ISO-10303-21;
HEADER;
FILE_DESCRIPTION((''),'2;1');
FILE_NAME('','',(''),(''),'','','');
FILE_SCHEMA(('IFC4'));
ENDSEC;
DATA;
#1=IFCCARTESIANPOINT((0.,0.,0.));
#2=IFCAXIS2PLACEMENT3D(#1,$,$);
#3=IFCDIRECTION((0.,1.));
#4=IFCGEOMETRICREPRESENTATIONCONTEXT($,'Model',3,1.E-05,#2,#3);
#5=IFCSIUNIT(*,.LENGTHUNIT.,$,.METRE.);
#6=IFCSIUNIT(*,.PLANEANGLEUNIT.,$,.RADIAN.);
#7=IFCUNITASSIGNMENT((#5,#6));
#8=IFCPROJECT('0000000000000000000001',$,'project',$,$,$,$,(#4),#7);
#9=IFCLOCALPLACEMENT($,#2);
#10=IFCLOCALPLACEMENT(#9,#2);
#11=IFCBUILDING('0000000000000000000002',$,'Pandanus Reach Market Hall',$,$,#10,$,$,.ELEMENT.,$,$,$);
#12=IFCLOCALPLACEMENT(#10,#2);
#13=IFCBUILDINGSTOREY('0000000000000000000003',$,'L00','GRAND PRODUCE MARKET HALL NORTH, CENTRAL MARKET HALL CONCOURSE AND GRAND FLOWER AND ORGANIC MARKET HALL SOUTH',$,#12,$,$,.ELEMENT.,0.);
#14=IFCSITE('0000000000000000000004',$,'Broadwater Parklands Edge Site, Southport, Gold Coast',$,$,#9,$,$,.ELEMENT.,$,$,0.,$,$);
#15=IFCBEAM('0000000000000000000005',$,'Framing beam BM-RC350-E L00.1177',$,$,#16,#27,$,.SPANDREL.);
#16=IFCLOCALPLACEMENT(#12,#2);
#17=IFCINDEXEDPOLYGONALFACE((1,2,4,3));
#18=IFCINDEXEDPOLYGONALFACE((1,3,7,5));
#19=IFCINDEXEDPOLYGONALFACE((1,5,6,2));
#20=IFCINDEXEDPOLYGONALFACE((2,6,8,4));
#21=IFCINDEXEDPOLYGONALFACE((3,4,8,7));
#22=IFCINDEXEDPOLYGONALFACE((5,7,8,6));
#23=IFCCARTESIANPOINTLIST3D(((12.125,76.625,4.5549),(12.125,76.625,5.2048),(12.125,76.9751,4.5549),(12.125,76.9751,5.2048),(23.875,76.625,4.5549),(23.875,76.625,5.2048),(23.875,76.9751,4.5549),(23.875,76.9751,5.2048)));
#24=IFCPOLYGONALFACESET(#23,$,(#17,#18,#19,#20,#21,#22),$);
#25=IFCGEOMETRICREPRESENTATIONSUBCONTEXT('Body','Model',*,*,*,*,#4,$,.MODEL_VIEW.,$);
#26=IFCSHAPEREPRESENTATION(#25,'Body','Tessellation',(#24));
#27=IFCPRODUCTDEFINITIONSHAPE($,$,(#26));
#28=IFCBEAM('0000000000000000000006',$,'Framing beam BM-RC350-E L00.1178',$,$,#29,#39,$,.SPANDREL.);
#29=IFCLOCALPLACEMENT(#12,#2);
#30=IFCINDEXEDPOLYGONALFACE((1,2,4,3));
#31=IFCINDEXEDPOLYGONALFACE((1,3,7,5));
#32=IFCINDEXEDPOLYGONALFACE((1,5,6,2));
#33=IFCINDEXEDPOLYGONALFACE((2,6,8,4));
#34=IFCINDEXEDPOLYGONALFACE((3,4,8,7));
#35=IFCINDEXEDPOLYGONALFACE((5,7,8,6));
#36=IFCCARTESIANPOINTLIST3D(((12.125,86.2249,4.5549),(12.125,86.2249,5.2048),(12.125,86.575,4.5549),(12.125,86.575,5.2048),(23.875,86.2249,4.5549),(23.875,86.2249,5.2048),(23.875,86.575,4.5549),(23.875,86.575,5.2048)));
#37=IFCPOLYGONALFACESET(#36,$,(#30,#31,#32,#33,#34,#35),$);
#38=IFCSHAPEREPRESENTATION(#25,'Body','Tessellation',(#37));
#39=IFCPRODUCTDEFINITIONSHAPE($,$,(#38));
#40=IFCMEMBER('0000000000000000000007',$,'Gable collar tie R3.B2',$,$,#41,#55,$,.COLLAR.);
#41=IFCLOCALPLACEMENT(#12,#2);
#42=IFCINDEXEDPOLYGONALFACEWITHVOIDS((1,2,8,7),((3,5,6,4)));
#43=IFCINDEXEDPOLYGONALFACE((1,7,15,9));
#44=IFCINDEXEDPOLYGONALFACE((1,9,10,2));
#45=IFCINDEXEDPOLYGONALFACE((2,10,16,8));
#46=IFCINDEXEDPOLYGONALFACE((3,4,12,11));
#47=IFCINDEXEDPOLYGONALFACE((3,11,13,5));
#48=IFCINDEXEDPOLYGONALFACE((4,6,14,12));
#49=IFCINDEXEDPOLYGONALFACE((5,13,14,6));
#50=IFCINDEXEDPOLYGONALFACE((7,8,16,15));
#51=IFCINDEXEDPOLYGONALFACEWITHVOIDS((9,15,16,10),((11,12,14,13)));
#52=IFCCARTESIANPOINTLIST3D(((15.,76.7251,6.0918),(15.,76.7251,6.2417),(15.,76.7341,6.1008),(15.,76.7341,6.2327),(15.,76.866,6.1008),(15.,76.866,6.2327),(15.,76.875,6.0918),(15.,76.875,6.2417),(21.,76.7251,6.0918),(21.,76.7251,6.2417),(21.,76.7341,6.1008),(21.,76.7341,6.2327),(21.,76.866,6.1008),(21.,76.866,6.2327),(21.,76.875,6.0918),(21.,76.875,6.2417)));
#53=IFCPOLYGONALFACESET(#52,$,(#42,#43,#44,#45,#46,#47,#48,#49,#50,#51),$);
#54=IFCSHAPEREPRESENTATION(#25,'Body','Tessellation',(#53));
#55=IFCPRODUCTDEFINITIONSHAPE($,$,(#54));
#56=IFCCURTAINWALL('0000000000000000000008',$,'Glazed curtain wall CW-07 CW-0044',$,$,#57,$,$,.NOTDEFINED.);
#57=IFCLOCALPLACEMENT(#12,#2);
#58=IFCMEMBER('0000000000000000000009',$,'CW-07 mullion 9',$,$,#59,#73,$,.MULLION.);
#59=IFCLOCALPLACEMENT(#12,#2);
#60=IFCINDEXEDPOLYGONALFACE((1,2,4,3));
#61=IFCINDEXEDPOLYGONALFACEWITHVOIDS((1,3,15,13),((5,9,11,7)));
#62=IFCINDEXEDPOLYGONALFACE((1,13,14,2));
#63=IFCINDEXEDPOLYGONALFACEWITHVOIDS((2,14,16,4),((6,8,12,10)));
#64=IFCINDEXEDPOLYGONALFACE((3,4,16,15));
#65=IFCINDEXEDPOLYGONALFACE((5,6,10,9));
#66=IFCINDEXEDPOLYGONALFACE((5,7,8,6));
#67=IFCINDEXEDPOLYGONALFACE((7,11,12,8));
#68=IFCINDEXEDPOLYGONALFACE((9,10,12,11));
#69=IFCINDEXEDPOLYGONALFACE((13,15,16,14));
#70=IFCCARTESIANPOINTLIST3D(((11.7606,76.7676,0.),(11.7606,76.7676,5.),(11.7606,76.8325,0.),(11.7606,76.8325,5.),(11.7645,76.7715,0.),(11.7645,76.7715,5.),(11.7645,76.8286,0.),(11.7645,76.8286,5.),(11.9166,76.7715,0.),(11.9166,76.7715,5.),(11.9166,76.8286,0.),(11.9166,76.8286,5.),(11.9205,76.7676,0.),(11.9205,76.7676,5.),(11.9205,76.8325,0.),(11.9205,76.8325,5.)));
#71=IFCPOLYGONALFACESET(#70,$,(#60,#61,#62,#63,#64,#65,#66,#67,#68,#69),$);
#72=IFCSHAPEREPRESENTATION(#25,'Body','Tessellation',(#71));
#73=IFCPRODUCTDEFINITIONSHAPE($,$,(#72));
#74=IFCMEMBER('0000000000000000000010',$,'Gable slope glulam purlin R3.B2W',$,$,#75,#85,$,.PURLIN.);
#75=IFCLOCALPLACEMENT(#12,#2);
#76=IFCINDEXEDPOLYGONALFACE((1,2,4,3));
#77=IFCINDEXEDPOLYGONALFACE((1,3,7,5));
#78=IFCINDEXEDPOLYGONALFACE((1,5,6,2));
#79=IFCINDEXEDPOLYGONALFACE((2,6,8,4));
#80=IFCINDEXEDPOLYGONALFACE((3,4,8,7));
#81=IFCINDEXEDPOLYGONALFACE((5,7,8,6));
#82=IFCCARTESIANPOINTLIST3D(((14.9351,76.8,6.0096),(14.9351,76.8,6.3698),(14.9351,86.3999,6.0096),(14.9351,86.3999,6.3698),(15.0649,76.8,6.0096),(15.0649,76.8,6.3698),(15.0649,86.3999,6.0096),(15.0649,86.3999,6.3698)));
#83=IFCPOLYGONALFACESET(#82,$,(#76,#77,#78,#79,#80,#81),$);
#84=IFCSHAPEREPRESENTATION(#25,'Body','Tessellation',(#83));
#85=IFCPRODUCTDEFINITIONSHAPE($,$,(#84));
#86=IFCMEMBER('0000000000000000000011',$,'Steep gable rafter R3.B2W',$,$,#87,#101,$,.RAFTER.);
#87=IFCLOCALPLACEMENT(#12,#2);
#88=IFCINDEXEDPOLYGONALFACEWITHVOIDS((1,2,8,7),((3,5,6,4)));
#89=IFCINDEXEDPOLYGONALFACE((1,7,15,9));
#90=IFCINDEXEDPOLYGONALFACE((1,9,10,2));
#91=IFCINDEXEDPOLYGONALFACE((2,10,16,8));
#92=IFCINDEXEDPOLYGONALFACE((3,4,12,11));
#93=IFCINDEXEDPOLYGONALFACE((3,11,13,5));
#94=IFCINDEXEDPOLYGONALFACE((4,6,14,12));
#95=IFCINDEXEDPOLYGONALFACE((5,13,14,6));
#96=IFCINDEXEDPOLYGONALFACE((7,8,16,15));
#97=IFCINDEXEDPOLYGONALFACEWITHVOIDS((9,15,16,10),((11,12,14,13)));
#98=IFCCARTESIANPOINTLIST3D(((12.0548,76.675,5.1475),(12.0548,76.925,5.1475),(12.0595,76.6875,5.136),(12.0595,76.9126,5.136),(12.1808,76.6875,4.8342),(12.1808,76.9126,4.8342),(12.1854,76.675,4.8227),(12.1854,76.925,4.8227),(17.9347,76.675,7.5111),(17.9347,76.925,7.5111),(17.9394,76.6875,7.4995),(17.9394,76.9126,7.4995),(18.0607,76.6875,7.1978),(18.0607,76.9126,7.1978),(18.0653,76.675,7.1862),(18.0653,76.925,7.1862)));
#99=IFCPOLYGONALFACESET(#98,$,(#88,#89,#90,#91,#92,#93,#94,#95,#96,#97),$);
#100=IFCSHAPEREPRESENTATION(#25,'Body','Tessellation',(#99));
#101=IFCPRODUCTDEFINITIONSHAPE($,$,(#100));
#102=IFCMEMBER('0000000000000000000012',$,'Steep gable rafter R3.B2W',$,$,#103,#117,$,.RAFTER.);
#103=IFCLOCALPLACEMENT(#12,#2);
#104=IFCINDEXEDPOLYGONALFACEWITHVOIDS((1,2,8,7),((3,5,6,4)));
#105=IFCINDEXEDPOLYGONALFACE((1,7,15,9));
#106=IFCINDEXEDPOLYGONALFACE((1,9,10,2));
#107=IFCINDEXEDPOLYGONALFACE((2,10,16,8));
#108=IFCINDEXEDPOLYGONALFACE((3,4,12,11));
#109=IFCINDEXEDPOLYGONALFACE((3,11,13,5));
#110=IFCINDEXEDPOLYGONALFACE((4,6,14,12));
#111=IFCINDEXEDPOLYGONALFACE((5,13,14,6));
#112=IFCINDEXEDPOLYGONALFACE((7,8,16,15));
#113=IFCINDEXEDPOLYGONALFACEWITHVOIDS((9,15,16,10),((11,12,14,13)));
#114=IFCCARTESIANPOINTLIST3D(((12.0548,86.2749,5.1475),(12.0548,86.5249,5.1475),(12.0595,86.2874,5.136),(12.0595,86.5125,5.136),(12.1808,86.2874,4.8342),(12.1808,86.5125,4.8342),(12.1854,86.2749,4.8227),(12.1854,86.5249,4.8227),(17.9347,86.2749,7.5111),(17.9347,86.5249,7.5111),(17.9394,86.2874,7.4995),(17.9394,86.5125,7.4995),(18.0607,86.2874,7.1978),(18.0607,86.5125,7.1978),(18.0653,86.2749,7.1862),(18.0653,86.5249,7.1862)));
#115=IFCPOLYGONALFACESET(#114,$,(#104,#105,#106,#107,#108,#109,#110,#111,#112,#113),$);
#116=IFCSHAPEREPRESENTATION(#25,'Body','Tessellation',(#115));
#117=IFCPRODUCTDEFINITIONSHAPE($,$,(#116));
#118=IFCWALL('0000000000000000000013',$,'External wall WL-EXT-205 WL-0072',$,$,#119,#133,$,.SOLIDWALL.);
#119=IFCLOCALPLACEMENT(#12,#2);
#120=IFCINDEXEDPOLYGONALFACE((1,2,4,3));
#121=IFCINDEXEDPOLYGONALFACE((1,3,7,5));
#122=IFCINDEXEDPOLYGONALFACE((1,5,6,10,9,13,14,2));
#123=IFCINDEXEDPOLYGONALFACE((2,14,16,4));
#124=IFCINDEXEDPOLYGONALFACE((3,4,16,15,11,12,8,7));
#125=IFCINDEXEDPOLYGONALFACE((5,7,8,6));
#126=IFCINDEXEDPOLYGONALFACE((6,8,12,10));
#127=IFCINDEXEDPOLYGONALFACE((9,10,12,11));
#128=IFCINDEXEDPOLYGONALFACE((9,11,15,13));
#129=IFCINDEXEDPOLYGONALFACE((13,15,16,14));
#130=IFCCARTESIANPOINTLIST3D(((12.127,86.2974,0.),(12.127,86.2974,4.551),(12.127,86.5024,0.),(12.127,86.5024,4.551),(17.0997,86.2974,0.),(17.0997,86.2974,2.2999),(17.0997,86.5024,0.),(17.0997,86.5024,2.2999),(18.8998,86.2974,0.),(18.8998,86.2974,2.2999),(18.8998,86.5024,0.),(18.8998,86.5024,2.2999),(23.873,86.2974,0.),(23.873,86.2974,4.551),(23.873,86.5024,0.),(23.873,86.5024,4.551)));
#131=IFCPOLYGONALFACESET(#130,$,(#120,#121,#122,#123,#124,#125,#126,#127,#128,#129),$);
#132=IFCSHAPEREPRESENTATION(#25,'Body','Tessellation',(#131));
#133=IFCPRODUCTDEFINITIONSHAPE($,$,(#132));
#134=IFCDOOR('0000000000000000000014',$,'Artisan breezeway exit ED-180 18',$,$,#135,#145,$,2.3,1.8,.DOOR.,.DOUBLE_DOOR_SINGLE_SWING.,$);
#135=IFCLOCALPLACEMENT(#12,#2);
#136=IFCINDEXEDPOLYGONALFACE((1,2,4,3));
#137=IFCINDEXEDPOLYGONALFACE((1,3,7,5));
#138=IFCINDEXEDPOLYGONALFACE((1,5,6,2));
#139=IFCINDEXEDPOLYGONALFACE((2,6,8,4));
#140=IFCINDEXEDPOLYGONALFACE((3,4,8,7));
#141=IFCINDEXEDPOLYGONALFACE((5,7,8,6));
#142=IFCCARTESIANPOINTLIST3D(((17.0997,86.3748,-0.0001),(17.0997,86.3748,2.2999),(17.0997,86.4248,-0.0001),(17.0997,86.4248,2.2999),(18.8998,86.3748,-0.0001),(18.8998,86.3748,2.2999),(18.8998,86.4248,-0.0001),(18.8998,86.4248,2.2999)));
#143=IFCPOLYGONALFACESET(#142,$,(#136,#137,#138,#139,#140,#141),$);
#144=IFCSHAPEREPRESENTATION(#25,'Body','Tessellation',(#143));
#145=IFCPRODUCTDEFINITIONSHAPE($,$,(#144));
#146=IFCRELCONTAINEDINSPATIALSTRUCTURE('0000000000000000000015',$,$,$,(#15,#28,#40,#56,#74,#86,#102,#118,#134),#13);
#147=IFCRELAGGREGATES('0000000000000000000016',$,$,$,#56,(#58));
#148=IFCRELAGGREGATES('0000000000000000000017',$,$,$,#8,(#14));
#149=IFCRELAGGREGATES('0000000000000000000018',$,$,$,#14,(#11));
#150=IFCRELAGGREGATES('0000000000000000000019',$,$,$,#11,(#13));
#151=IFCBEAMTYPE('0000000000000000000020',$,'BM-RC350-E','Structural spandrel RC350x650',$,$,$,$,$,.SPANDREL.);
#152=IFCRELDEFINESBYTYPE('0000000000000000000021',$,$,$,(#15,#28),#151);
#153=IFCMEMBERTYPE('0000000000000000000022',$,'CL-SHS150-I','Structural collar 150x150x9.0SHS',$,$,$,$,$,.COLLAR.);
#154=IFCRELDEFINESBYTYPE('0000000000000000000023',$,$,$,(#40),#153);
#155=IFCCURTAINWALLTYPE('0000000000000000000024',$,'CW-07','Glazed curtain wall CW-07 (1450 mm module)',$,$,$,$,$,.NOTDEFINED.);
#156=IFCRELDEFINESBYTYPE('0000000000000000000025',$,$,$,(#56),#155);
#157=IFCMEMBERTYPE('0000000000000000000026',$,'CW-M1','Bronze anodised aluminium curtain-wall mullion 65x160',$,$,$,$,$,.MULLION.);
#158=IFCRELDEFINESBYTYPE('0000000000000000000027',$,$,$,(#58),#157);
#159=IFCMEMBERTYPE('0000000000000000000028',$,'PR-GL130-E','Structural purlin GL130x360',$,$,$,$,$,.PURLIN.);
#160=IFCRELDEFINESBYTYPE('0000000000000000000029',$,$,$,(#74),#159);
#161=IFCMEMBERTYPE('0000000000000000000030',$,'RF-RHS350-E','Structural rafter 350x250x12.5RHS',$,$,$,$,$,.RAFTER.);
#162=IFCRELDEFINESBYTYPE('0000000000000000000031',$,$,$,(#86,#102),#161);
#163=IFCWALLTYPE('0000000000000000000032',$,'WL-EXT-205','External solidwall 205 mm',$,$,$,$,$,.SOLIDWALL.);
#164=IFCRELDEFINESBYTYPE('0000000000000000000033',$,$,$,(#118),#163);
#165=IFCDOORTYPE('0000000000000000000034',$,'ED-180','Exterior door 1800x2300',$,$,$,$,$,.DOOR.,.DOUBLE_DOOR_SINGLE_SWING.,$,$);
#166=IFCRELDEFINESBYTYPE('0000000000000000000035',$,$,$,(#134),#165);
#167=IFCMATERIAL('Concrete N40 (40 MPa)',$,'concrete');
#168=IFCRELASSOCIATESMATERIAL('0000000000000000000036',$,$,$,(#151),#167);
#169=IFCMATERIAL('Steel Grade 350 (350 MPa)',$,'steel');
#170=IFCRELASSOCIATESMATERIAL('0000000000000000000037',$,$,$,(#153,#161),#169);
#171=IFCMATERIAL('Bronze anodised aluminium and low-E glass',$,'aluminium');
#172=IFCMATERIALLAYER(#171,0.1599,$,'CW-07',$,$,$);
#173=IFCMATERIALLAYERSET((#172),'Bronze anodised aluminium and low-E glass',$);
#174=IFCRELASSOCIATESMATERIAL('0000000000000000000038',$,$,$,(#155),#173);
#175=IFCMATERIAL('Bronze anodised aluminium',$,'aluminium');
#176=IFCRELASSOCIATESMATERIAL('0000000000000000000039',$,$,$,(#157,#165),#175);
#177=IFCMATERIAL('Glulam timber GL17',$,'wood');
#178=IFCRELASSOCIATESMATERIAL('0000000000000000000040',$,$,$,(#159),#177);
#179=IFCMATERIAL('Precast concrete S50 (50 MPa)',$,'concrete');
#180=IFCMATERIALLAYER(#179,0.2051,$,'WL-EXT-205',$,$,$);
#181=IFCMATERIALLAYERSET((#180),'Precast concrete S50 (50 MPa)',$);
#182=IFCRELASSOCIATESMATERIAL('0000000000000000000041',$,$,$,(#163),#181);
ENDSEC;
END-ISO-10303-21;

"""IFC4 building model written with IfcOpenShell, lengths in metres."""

from ifc_helpers import new_model, si_unit, direction, frame, frame_2d, origin, origin_2d, place, context, subcontext, project, spatial, rectangle, hollow_rectangle, extrude, material, layer, layer_set, material_profile, profile_set, type_object, element, fill, aggregate, save


model = new_model("IFC4")

# Units and contexts
model_context = context("Model", 3, precision=1e-05, world=origin(), true_north=direction((0.0, 1.0)))
body_context = subcontext(model_context, "Body", "Model", "MODEL_VIEW")
ifc_project = project(units=[si_unit("LENGTHUNIT", "METRE"), si_unit("PLANEANGLEUNIT", "RADIAN")], contexts=[model_context])

# Site, building, storey
site_placement = place(None, origin())
site = spatial("IfcSite", under=ifc_project, at=site_placement, Name="Broadwater Parklands Edge Site, Southport, Gold Coast", CompositionType="ELEMENT", RefElevation=0.0)
building_placement = place(site_placement, origin())
building = spatial("IfcBuilding", under=site, at=building_placement, Name="Pandanus Reach Market Hall", CompositionType="ELEMENT")
storey_placement = place(building_placement, origin())
storey = spatial("IfcBuildingStorey", under=building, at=storey_placement, Name="L00", Description="GRAND PRODUCE MARKET HALL NORTH, CENTRAL MARKET HALL CONCOURSE AND GRAND FLOWER AND ORGANIC MARKET HALL SOUTH", CompositionType="ELEMENT", Elevation=0.0)

# Shared definitions
ifc_material_1 = material(Name="Concrete N40 (40 MPa)", Category="concrete")

# Shared definitions
ifc_material_2 = material(Name="Steel Grade 350 (350 MPa)", Category="steel")

# Beams
ifc_material_profile_1 = material_profile(ifc_material_1, rectangle(XDim=0.3501, YDim=0.6499, at=origin_2d()), Name="RC350x650", Category="LoadBearing")
ifc_profile_set_1 = profile_set([ifc_material_profile_1], Name="Concrete N40 (40 MPa)")
beam_type = type_object("IfcBeamType", Name="BM-RC350-E", Description="Structural spandrel RC350x650", PredefinedType="SPANDREL", material=ifc_profile_set_1)
for number, where, z_axis, x_axis, name in (
    (1, (12.125, 76.8, 4.8799), (1.0, 0.0, 0.0), (0.0, 1.0, 0.0), "Framing beam BM-RC350-E L00.1177"),
    (2, (12.125, 86.3999, 4.8799), (1.0, 0.0, 0.0), (0.0, 1.0, 0.0), "Framing beam BM-RC350-E L00.1178"),
):
    element("IfcBeam", number, at=place(storey_placement, frame(where, z_axis=z_axis, x_axis=x_axis)), inside=storey, type_object=beam_type, Name=name, PredefinedType="SPANDREL", context=body_context, shape_type="SweptSolid", body=[
        extrude(rectangle(XDim=0.3501, YDim=0.6499, at=origin_2d()), origin(), (0.0, 0.0, 1.0), 11.75),
    ])

# Member
ifc_material_profile_2 = material_profile(ifc_material_2, hollow_rectangle(XDim=0.1499, YDim=0.1499, WallThickness=0.009, at=origin_2d()), Name="150x150x9.0SHS", Category="LoadBearing")
ifc_profile_set_2 = profile_set([ifc_material_profile_2], Name="Steel Grade 350 (350 MPa)")
member_type_1 = type_object("IfcMemberType", Name="CL-SHS150-I", Description="Structural collar 150x150x9.0SHS", PredefinedType="COLLAR", material=ifc_profile_set_2)
member_1_placement = place(storey_placement, frame((15.0, 76.8, 6.1667), z_axis=(1.0, 0.0, 0.0), x_axis=(0.0, 1.0, 0.0)))
element("IfcMember", 3, at=member_1_placement, inside=storey, type_object=member_type_1, Name="Gable collar tie R3.B2", PredefinedType="COLLAR", context=body_context, shape_type="SweptSolid", body=[
    extrude(hollow_rectangle(XDim=0.1499, YDim=0.1499, WallThickness=0.009, at=origin_2d()), origin(), (0.0, 0.0, 1.0), 6.0),
])

# Curtain wall, member
ifc_material_3 = material(Name="Bronze anodised aluminium and low-E glass", Category="aluminium")
ifc_layer_1 = layer(ifc_material_3, 0.1599, Name="CW-07")
ifc_layer_set_1 = layer_set([ifc_layer_1], Name="Bronze anodised aluminium and low-E glass")
curtain_wall_type = type_object("IfcCurtainWallType", Name="CW-07", Description="Glazed curtain wall CW-07 (1450 mm module)", PredefinedType="NOTDEFINED", material=ifc_layer_set_1)
curtain_wall_placement = place(storey_placement, origin())
curtain_wall = element("IfcCurtainWall", 4, at=curtain_wall_placement, inside=storey, type_object=curtain_wall_type, Name="Glazed curtain wall CW-07 CW-0044", PredefinedType="NOTDEFINED")
ifc_material_4 = material(Name="Bronze anodised aluminium", Category="aluminium")
ifc_material_profile_3 = material_profile(ifc_material_4, hollow_rectangle(XDim=0.0649, YDim=0.1599, WallThickness=0.0039, at=origin_2d()), Name="ALU65x160", Category="LoadBearing")
ifc_profile_set_3 = profile_set([ifc_material_profile_3], Name="Bronze anodised aluminium")
member_type_2 = type_object("IfcMemberType", Name="CW-M1", Description="Bronze anodised aluminium curtain-wall mullion 65x160", PredefinedType="MULLION", material=ifc_profile_set_3)
member_2_placement = place(storey_placement, frame((11.8406, 76.8, 0.0), z_axis=(0.0, 0.0, 1.0), x_axis=(0.0, 1.0, 0.0)))
member_2 = element("IfcMember", 5, at=member_2_placement, type_object=member_type_2, Name="CW-07 mullion 9", PredefinedType="MULLION", context=body_context, shape_type="SweptSolid", body=[
    extrude(hollow_rectangle(XDim=0.0649, YDim=0.1599, WallThickness=0.0039, at=origin_2d()), origin(), (0.0, 0.0, 1.0), 5.0),
])
aggregate(curtain_wall, [member_2])

# Members
ifc_material_5 = material(Name="Glulam timber GL17", Category="wood")
ifc_material_profile_4 = material_profile(ifc_material_5, rectangle(XDim=0.1299, YDim=0.3601, at=origin_2d()), Name="GL130x360", Category="LoadBearing")
ifc_profile_set_4 = profile_set([ifc_material_profile_4], Name="Glulam timber GL17")
member_type_3 = type_object("IfcMemberType", Name="PR-GL130-E", Description="Structural purlin GL130x360", PredefinedType="PURLIN", material=ifc_profile_set_4)
member_3_placement = place(storey_placement, frame((15.0, 76.8, 6.1897), z_axis=(0.0, 1.0, 0.0), x_axis=(-1.0, 0.0, 0.0)))
element("IfcMember", 6, at=member_3_placement, inside=storey, type_object=member_type_3, Name="Gable slope glulam purlin R3.B2W", PredefinedType="PURLIN", context=body_context, shape_type="SweptSolid", body=[
    extrude(rectangle(XDim=0.1299, YDim=0.3601, at=origin_2d()), origin(), (0.0, 0.0, 1.0), 9.5999),
])
ifc_material_profile_5 = material_profile(ifc_material_2, hollow_rectangle(XDim=0.25, YDim=0.3501, WallThickness=0.0125, at=origin_2d()), Name="350x250x12.5RHS", Category="LoadBearing")
ifc_profile_set_5 = profile_set([ifc_material_profile_5], Name="Steel Grade 350 (350 MPa)")
member_type_4 = type_object("IfcMemberType", Name="RF-RHS350-E", Description="Structural rafter 350x250x12.5RHS", PredefinedType="RAFTER", material=ifc_profile_set_5)
for number, where, z_axis, x_axis, name in (
    (7, (12.1201, 76.8, 4.9851), (0.927846, 0.0, 0.372964), (0.0, 1.0, 0.0), "Steep gable rafter R3.B2W"),
    (8, (12.1201, 86.3999, 4.9851), (0.927846, 0.0, 0.372964), (0.0, 1.0, 0.0), "Steep gable rafter R3.B2W"),
):
    element("IfcMember", number, at=place(storey_placement, frame(where, z_axis=z_axis, x_axis=x_axis)), inside=storey, type_object=member_type_4, Name=name, PredefinedType="RAFTER", context=body_context, shape_type="SweptSolid", body=[
        extrude(hollow_rectangle(XDim=0.25, YDim=0.3501, WallThickness=0.0125, at=origin_2d()), origin(), (0.0, 0.0, 1.0), 6.3372),
    ])

# Wall, opening, door
ifc_material_6 = material(Name="Precast concrete S50 (50 MPa)", Category="concrete")
ifc_layer_2 = layer(ifc_material_6, 0.2051, Name="WL-EXT-205")
ifc_layer_set_2 = layer_set([ifc_layer_2], Name="Precast concrete S50 (50 MPa)")
wall_type_1 = type_object("IfcWallType", Name="WL-EXT-205", Description="External solidwall 205 mm", PredefinedType="SOLIDWALL", material=ifc_layer_set_2)
wall_1_placement = place(storey_placement, frame((12.127, 86.3999, 0.0), z_axis=(0.0, 0.0, 1.0), x_axis=(1.0, 0.0, 0.0)))
wall_1 = element("IfcWall", 9, at=wall_1_placement, inside=storey, type_object=wall_type_1, Name="External wall WL-EXT-205 WL-0072", PredefinedType="SOLIDWALL", context=body_context, shape_type="SweptSolid", body=[
    extrude(rectangle(XDim=11.7461, YDim=0.2051, at=frame_2d((5.873, 0.0))), origin(), (0.0, 0.0, 1.0), 4.551),
])
opening_1_placement = place(wall_1_placement, frame((4.9729, 0.0, 0.0)))
opening_1 = element("IfcOpeningElement", 10, at=opening_1_placement, cuts=wall_1, PredefinedType="OPENING", context=body_context, shape_type="SweptSolid", body=[
    extrude(rectangle(XDim=1.8, YDim=2.3, at=frame_2d((0.8999, 1.1499))), frame((0.0, 0.1174, 0.0), z_axis=(0.0, -1.0, 0.0), x_axis=(1.0, 0.0, 0.0)), (0.0, 0.0, 1.0), 0.2351),
])
door_type_1 = type_object("IfcDoorType", Name="ED-180", Description="Exterior door 1800x2300", OperationType="DOUBLE_DOOR_SINGLE_SWING", PredefinedType="DOOR", material=ifc_material_4)
door_1_placement = place(opening_1_placement, origin())
door_1 = element("IfcDoor", 11, at=door_1_placement, inside=storey, type_object=door_type_1, Name="Artisan breezeway exit ED-180 18", OperationType="DOUBLE_DOOR_SINGLE_SWING", OverallHeight=2.3, OverallWidth=1.8, PredefinedType="DOOR", context=body_context, shape_type="SweptSolid", body=[
    extrude(rectangle(XDim=1.8, YDim=2.3, at=frame_2d((0.8999, 1.1499))), frame((0.0, 0.0249, 0.0), z_axis=(0.0, -1.0, 0.0), x_axis=(1.0, 0.0, 0.0)), (0.0, 0.0, 1.0), 0.05),
])
fill(opening_1, door_1)

save(model, "model.ifc")
